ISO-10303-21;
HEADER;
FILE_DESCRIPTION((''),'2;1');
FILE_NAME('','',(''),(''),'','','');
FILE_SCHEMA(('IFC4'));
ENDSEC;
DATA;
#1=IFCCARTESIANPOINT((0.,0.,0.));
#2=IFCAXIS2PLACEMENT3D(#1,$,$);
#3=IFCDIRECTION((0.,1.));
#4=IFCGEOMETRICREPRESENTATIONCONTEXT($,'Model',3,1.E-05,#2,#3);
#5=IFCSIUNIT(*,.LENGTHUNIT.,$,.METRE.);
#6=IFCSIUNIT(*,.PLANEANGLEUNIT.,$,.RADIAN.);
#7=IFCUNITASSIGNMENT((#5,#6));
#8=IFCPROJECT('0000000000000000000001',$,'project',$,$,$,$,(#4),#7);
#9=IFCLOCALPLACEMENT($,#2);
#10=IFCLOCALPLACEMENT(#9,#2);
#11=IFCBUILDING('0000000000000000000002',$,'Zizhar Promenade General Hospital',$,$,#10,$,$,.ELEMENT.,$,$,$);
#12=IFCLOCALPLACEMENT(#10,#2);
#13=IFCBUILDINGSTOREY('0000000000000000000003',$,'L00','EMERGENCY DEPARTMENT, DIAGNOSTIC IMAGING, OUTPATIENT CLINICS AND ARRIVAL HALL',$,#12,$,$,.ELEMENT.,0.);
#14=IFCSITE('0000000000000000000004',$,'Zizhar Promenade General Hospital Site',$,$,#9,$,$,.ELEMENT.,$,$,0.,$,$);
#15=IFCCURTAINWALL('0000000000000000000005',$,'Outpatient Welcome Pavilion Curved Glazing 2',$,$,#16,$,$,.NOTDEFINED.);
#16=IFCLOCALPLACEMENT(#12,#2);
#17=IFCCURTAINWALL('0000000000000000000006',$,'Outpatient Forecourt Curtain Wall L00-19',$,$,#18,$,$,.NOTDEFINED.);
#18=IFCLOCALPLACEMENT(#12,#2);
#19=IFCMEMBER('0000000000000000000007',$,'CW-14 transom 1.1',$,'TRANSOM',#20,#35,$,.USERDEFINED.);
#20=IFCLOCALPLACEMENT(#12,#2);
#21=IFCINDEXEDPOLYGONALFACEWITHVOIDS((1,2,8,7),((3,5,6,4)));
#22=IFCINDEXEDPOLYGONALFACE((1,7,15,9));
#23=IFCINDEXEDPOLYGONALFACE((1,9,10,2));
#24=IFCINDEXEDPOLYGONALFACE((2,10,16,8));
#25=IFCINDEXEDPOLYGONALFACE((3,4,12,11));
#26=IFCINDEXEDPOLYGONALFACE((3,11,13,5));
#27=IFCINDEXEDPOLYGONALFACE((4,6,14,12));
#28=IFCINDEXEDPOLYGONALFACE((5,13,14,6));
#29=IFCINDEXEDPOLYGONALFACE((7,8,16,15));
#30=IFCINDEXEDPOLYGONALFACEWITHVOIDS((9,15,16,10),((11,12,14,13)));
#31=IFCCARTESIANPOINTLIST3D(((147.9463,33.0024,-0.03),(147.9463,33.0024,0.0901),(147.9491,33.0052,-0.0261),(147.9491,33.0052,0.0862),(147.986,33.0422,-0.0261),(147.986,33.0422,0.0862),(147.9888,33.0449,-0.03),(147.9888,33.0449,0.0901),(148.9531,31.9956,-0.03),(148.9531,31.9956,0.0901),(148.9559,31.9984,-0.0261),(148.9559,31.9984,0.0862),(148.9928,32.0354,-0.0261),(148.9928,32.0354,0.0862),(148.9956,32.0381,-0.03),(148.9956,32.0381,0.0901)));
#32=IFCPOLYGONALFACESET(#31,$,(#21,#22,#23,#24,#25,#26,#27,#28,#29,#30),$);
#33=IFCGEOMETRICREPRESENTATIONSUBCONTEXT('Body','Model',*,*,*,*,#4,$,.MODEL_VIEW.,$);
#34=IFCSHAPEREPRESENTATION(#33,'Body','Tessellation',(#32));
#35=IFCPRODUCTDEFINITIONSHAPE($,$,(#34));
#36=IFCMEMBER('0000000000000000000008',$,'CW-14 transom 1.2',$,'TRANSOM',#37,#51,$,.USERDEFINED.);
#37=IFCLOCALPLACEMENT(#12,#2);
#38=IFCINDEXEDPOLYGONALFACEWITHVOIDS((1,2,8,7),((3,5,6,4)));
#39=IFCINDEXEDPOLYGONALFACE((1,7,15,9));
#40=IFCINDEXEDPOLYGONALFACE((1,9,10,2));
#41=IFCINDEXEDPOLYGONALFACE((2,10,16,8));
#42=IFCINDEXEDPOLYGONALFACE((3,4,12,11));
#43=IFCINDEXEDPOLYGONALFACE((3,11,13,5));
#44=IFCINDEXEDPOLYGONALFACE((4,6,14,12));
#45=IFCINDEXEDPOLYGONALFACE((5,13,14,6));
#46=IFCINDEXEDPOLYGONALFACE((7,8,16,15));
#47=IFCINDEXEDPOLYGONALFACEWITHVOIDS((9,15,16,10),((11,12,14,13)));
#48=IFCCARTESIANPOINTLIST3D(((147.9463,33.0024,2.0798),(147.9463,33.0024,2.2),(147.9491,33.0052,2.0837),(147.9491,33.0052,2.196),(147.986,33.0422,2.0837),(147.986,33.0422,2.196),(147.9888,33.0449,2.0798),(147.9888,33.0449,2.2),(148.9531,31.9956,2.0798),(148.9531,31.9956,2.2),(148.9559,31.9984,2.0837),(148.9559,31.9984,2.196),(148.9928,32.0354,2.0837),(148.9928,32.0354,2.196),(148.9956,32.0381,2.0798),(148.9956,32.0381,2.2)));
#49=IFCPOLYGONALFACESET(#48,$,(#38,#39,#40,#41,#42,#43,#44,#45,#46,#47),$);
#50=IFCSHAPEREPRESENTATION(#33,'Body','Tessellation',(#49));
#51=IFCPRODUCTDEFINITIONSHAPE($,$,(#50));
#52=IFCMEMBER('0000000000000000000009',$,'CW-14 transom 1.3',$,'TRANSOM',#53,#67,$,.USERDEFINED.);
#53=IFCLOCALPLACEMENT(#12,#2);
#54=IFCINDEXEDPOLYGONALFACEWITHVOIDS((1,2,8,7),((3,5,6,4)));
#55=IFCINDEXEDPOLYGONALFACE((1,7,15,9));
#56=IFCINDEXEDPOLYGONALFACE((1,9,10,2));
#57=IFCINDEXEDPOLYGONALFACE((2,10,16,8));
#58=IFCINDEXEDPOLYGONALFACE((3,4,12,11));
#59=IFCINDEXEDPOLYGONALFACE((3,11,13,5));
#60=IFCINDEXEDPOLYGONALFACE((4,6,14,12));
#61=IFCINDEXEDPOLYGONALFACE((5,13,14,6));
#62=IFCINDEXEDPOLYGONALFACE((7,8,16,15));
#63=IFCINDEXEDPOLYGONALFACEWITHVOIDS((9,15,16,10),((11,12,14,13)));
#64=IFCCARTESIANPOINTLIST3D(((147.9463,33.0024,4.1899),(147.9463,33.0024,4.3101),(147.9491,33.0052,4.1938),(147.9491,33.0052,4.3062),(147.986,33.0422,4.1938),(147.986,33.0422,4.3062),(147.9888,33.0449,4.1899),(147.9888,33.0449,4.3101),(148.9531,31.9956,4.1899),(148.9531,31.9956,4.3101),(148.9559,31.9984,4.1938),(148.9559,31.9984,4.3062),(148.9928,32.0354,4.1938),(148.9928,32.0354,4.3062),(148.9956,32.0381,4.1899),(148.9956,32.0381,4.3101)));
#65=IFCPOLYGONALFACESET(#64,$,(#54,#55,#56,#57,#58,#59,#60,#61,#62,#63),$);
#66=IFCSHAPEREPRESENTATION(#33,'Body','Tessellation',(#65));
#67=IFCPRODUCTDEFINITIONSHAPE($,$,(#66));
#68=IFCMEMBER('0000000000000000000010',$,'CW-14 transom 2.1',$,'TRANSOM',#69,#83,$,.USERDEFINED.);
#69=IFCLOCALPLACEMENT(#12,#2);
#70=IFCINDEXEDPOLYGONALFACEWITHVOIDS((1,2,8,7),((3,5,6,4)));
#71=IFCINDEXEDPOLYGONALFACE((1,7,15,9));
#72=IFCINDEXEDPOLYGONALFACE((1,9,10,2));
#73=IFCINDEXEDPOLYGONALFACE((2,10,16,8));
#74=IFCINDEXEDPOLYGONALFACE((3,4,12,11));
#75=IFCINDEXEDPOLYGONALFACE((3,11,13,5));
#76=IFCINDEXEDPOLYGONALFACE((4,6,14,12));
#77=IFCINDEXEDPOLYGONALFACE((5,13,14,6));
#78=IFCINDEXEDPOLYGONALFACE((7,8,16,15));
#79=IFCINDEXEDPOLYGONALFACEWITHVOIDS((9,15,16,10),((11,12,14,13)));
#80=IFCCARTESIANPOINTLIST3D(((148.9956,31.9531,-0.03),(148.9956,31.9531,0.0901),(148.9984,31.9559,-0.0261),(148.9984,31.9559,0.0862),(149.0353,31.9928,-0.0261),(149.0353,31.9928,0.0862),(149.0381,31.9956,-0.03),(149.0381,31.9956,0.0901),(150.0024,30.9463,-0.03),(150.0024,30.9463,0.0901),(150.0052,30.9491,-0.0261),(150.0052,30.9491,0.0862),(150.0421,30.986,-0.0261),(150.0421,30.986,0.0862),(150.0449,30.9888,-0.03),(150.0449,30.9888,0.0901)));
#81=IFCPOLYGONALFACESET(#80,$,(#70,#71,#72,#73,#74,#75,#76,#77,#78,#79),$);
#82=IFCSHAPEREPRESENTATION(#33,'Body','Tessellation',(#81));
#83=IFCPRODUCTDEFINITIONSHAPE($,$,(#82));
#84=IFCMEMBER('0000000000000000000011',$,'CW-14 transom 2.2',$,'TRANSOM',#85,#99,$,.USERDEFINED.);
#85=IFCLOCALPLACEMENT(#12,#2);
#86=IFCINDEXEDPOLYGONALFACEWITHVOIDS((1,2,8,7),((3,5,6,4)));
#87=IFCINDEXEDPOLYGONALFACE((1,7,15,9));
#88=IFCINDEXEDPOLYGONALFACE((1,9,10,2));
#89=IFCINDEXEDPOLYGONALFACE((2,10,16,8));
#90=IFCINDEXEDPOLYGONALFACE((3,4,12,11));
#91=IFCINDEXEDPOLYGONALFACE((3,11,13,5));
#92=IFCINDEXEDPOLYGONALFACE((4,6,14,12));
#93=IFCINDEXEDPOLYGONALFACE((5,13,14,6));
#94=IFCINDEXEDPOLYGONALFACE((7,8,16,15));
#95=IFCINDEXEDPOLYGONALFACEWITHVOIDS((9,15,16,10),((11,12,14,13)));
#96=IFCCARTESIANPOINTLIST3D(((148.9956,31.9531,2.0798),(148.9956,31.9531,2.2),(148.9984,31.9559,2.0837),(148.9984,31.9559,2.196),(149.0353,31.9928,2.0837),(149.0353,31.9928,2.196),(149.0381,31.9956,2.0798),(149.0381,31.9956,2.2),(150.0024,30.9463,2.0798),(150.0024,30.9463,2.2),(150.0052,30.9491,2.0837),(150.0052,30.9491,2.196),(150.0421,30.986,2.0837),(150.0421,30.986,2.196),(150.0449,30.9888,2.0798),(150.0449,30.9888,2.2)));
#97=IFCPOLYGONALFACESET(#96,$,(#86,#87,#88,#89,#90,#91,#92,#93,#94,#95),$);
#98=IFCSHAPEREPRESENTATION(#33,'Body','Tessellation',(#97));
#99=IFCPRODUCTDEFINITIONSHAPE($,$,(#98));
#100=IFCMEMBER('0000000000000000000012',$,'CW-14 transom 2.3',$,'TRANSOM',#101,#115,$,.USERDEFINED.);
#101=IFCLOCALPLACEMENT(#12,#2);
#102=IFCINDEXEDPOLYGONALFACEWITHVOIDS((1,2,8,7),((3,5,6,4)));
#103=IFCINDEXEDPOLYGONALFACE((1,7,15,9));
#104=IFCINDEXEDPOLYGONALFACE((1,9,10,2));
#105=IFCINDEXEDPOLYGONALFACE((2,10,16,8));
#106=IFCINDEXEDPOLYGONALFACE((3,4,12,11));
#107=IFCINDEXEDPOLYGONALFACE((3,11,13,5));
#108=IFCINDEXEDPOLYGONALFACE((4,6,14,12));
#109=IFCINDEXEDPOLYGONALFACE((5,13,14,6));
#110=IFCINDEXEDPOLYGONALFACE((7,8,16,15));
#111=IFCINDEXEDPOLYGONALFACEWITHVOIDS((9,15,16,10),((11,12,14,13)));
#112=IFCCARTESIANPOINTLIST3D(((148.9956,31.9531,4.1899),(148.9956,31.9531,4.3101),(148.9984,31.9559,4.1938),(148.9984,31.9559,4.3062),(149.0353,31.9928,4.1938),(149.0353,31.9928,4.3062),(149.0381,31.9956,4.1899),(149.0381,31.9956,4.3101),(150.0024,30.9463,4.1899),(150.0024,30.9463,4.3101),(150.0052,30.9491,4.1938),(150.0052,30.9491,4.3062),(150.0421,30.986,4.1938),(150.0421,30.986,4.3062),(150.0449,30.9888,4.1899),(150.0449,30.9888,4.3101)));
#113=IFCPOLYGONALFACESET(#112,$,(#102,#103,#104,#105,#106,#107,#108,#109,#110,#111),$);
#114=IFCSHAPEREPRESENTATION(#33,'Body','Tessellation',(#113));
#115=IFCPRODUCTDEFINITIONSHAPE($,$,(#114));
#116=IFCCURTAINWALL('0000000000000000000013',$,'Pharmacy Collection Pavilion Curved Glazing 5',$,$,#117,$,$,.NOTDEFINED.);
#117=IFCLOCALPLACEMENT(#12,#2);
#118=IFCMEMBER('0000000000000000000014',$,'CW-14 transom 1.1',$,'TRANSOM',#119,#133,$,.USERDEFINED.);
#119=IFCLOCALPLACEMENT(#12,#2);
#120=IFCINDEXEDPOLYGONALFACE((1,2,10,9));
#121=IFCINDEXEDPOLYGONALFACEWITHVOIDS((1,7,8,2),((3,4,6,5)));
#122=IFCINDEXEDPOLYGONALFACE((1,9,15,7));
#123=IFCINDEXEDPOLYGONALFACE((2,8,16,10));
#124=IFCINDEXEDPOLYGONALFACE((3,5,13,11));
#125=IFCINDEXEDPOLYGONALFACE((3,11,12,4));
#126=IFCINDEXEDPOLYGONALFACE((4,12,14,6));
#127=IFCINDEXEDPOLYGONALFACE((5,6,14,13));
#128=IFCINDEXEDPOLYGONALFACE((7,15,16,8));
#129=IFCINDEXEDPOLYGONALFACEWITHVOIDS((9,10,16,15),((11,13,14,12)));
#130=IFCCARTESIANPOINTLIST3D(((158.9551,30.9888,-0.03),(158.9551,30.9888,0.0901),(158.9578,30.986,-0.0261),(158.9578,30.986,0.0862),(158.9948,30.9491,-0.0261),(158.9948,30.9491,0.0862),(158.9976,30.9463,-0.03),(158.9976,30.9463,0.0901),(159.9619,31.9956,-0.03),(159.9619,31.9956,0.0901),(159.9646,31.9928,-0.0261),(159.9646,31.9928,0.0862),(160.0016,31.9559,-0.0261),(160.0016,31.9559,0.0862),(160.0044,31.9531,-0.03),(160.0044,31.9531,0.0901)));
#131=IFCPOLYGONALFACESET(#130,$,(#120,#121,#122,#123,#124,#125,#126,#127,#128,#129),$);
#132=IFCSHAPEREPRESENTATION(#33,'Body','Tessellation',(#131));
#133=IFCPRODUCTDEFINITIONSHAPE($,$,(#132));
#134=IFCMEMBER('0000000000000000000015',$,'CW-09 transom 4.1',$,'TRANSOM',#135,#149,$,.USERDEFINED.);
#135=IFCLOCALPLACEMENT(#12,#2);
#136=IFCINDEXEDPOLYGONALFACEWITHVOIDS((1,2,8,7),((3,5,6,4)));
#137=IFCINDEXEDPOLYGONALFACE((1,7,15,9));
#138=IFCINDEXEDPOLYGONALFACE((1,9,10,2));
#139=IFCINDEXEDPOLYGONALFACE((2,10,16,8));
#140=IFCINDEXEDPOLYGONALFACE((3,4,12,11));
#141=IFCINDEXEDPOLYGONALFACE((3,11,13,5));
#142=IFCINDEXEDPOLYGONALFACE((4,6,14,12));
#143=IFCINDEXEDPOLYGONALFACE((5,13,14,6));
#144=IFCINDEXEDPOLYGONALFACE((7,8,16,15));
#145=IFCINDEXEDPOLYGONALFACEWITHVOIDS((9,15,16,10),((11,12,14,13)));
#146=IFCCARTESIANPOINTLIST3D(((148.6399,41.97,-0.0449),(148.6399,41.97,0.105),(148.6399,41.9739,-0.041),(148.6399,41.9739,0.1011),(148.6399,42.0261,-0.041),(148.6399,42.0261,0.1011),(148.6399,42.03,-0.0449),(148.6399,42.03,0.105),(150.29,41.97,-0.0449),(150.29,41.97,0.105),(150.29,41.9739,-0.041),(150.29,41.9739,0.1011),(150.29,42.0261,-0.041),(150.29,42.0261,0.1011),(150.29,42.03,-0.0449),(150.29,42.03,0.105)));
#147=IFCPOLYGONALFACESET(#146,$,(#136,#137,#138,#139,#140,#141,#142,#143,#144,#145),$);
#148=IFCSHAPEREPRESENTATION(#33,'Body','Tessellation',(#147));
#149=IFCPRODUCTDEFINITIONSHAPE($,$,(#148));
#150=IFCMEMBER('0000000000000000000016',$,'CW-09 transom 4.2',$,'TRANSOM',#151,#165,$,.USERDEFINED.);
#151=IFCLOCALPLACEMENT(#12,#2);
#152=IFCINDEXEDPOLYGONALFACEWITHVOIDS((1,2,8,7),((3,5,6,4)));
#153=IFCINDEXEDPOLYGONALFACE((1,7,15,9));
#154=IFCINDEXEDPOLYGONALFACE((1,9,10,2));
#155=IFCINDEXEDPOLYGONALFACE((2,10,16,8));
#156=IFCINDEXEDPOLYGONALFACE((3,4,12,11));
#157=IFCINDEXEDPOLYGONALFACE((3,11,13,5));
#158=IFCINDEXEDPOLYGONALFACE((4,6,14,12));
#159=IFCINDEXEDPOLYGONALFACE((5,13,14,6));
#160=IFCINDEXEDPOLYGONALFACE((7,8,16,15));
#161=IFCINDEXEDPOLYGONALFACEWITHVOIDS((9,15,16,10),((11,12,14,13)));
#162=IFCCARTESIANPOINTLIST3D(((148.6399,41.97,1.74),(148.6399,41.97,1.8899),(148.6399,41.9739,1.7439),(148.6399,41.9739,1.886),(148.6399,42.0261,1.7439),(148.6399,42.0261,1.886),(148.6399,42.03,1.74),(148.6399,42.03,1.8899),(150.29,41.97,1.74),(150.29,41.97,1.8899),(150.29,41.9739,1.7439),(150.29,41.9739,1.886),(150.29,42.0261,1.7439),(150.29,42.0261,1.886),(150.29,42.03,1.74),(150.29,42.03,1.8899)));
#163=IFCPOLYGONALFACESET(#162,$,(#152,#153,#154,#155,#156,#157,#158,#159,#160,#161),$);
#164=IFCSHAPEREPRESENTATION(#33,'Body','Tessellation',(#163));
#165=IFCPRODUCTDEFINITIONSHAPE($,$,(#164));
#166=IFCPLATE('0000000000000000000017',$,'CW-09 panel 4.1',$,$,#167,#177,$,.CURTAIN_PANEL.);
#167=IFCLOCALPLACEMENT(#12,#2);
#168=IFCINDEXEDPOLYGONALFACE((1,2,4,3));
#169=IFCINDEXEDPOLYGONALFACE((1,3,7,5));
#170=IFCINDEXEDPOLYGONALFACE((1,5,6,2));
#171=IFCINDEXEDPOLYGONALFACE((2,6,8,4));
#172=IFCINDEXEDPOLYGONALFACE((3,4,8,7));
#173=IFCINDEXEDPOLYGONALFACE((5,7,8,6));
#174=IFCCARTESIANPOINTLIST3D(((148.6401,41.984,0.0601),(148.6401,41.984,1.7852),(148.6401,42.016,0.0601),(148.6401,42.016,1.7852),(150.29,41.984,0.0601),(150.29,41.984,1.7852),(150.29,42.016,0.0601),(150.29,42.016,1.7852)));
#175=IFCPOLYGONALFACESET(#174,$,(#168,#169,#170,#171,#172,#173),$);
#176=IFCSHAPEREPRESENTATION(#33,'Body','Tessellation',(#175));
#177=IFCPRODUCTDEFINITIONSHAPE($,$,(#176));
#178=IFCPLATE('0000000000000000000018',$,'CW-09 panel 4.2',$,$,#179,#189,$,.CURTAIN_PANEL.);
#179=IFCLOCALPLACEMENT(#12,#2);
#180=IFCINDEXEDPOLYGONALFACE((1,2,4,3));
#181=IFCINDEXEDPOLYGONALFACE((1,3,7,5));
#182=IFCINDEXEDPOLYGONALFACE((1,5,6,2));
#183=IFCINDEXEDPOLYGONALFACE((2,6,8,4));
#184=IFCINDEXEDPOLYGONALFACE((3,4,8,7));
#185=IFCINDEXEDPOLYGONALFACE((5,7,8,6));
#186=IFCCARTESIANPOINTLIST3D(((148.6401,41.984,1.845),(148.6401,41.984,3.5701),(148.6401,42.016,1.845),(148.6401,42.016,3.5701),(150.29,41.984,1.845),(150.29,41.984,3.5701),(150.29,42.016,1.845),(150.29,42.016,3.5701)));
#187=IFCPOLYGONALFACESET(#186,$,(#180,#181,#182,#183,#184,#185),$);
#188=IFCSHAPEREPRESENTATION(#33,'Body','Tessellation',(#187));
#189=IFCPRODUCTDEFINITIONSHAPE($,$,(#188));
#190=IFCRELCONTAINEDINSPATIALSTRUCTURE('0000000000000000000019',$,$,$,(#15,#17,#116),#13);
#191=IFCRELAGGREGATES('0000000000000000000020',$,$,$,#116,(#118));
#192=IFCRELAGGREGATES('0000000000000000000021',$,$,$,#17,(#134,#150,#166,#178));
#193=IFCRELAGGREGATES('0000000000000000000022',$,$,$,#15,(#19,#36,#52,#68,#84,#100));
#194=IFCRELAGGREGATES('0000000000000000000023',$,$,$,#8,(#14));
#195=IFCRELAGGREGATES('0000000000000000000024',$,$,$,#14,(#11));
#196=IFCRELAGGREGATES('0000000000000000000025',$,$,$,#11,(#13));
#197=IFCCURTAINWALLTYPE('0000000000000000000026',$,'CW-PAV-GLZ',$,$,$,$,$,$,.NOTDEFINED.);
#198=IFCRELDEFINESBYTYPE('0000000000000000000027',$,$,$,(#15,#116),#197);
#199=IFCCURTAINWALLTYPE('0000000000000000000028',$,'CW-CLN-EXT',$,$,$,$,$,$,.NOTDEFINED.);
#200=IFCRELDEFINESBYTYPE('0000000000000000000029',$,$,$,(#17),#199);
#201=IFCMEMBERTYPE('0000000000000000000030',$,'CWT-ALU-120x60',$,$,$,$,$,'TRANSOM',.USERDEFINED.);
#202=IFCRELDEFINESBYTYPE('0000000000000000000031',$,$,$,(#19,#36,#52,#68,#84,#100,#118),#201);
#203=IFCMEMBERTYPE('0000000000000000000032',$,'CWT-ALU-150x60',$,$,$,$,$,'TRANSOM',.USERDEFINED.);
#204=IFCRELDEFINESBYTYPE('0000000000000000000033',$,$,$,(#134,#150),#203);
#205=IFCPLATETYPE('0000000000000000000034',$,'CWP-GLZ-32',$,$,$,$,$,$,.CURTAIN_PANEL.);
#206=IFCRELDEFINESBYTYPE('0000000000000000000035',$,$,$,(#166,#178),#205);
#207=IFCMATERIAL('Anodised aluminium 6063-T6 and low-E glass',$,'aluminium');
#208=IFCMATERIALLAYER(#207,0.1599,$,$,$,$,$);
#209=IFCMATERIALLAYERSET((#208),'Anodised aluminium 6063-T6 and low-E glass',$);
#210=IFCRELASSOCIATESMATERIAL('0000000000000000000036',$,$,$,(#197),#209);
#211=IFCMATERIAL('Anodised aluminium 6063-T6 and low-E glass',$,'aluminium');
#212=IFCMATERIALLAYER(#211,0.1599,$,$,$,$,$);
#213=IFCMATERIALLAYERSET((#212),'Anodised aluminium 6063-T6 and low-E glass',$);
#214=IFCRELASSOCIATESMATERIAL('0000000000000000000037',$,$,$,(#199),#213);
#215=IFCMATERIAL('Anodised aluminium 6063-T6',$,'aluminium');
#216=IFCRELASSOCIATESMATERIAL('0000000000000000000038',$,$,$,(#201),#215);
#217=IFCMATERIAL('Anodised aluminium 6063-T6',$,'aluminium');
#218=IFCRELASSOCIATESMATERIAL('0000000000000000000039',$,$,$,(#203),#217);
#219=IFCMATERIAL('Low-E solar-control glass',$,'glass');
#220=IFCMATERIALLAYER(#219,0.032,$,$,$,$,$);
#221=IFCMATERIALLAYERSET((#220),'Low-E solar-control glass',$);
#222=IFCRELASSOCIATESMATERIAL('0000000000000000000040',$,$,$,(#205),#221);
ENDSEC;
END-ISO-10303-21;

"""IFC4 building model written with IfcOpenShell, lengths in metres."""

from ifc_helpers import new_model, si_unit, direction, frame, origin, origin_2d, place, context, subcontext, project, spatial, rectangle, hollow_rectangle, extrude, material, layer, layer_set, material_profile, profile_set, type_object, element, aggregate, save


model = new_model("IFC4")

# Units and contexts
model_context = context("Model", 3, precision=1e-05, world=origin(), true_north=direction((0.0, 1.0)))
body_context = subcontext(model_context, "Body", "Model", "MODEL_VIEW")
ifc_project = project(units=[si_unit("LENGTHUNIT", "METRE"), si_unit("PLANEANGLEUNIT", "RADIAN")], contexts=[model_context])

# Site, building, storey
site_placement = place(None, origin())
site = spatial("IfcSite", under=ifc_project, at=site_placement, Name="Zizhar Promenade General Hospital Site", CompositionType="ELEMENT", RefElevation=0.0)
building_placement = place(site_placement, origin())
building = spatial("IfcBuilding", under=site, at=building_placement, Name="Zizhar Promenade General Hospital", CompositionType="ELEMENT")
storey_placement = place(building_placement, origin())
storey = spatial("IfcBuildingStorey", under=building, at=storey_placement, Name="L00", Description="EMERGENCY DEPARTMENT, DIAGNOSTIC IMAGING, OUTPATIENT CLINICS AND ARRIVAL HALL", CompositionType="ELEMENT", Elevation=0.0)

# Curtain wall
ifc_material_1 = material(Name="Anodised aluminium 6063-T6 and low-E glass", Category="aluminium")
ifc_layer_1 = layer(ifc_material_1, 0.1599)
ifc_layer_set_1 = layer_set([ifc_layer_1], Name="Anodised aluminium 6063-T6 and low-E glass")
curtain_wall_type_1 = type_object("IfcCurtainWallType", Name="CW-PAV-GLZ", PredefinedType="NOTDEFINED", material=ifc_layer_set_1)
curtain_wall_1_placement = place(storey_placement, origin())
curtain_wall_1 = element("IfcCurtainWall", 1, at=curtain_wall_1_placement, inside=storey, type_object=curtain_wall_type_1, Name="Outpatient Welcome Pavilion Curved Glazing 2", PredefinedType="NOTDEFINED")

# Curtain wall
ifc_material_2 = material(Name="Anodised aluminium 6063-T6 and low-E glass", Category="aluminium")
ifc_layer_2 = layer(ifc_material_2, 0.1599)
ifc_layer_set_2 = layer_set([ifc_layer_2], Name="Anodised aluminium 6063-T6 and low-E glass")
curtain_wall_type_2 = type_object("IfcCurtainWallType", Name="CW-CLN-EXT", PredefinedType="NOTDEFINED", material=ifc_layer_set_2)
curtain_wall_2_placement = place(storey_placement, origin())
curtain_wall_2 = element("IfcCurtainWall", 2, at=curtain_wall_2_placement, inside=storey, type_object=curtain_wall_type_2, Name="Outpatient Forecourt Curtain Wall L00-19", PredefinedType="NOTDEFINED")

# Members
ifc_material_3 = material(Name="Anodised aluminium 6063-T6", Category="aluminium")
ifc_material_profile_1 = material_profile(ifc_material_3, hollow_rectangle(XDim=0.0601, YDim=0.1201, WallThickness=0.0039, at=origin_2d()))
ifc_profile_set_1 = profile_set([ifc_material_profile_1], Name="Anodised aluminium 6063-T6")
member_type_1 = type_object("IfcMemberType", Name="CWT-ALU-120x60", ElementType="TRANSOM", PredefinedType="USERDEFINED", material=ifc_profile_set_1)
member_1_placement = place(storey_placement, frame((147.9675, 33.0237, 0.03), z_axis=(0.707107, -0.707107, 0.0), x_axis=(0.707107, 0.707107, 0.0)))
member_1 = element("IfcMember", 3, at=member_1_placement, type_object=member_type_1, Name="CW-14 transom 1.1", ObjectType="TRANSOM", PredefinedType="USERDEFINED", context=body_context, shape_type="SweptSolid", body=[
    extrude(hollow_rectangle(XDim=0.0601, YDim=0.1201, WallThickness=0.0039, at=origin_2d()), origin(), (0.0, 0.0, 1.0), 1.4238),
])
member_2_placement = place(storey_placement, frame((147.9675, 33.0237, 2.1399), z_axis=(0.707107, -0.707107, 0.0), x_axis=(0.707107, 0.707107, 0.0)))
member_2 = element("IfcMember", 4, at=member_2_placement, type_object=member_type_1, Name="CW-14 transom 1.2", ObjectType="TRANSOM", PredefinedType="USERDEFINED", context=body_context, shape_type="SweptSolid", body=[
    extrude(hollow_rectangle(XDim=0.0601, YDim=0.1201, WallThickness=0.0039, at=origin_2d()), origin(), (0.0, 0.0, 1.0), 1.4238),
])
member_3_placement = place(storey_placement, frame((147.9675, 33.0237, 4.25), z_axis=(0.707107, -0.707107, 0.0), x_axis=(0.707107, 0.707107, 0.0)))
member_3 = element("IfcMember", 5, at=member_3_placement, type_object=member_type_1, Name="CW-14 transom 1.3", ObjectType="TRANSOM", PredefinedType="USERDEFINED", context=body_context, shape_type="SweptSolid", body=[
    extrude(hollow_rectangle(XDim=0.0601, YDim=0.1201, WallThickness=0.0039, at=origin_2d()), origin(), (0.0, 0.0, 1.0), 1.4238),
])
member_4_placement = place(storey_placement, frame((149.0168, 31.9744, 0.03), z_axis=(0.707107, -0.707107, 0.0), x_axis=(0.707107, 0.707107, 0.0)))
member_4 = element("IfcMember", 6, at=member_4_placement, type_object=member_type_1, Name="CW-14 transom 2.1", ObjectType="TRANSOM", PredefinedType="USERDEFINED", context=body_context, shape_type="SweptSolid", body=[
    extrude(hollow_rectangle(XDim=0.0601, YDim=0.1201, WallThickness=0.0039, at=origin_2d()), origin(), (0.0, 0.0, 1.0), 1.4238),
])
member_5_placement = place(storey_placement, frame((149.0168, 31.9744, 2.1399), z_axis=(0.707107, -0.707107, 0.0), x_axis=(0.707107, 0.707107, 0.0)))
member_5 = element("IfcMember", 7, at=member_5_placement, type_object=member_type_1, Name="CW-14 transom 2.2", ObjectType="TRANSOM", PredefinedType="USERDEFINED", context=body_context, shape_type="SweptSolid", body=[
    extrude(hollow_rectangle(XDim=0.0601, YDim=0.1201, WallThickness=0.0039, at=origin_2d()), origin(), (0.0, 0.0, 1.0), 1.4238),
])
member_6_placement = place(storey_placement, frame((149.0168, 31.9744, 4.25), z_axis=(0.707107, -0.707107, 0.0), x_axis=(0.707107, 0.707107, 0.0)))
member_6 = element("IfcMember", 8, at=member_6_placement, type_object=member_type_1, Name="CW-14 transom 2.3", ObjectType="TRANSOM", PredefinedType="USERDEFINED", context=body_context, shape_type="SweptSolid", body=[
    extrude(hollow_rectangle(XDim=0.0601, YDim=0.1201, WallThickness=0.0039, at=origin_2d()), origin(), (0.0, 0.0, 1.0), 1.4238),
])

# Curtain wall, member
curtain_wall_3_placement = place(storey_placement, origin())
curtain_wall_3 = element("IfcCurtainWall", 9, at=curtain_wall_3_placement, inside=storey, type_object=curtain_wall_type_1, Name="Pharmacy Collection Pavilion Curved Glazing 5", PredefinedType="NOTDEFINED")
member_7_placement = place(storey_placement, frame((158.9763, 30.9675, 0.03), z_axis=(0.707107, 0.707107, 0.0), x_axis=(-0.707107, 0.707107, 0.0)))
member_7 = element("IfcMember", 10, at=member_7_placement, type_object=member_type_1, Name="CW-14 transom 1.1", ObjectType="TRANSOM", PredefinedType="USERDEFINED", context=body_context, shape_type="SweptSolid", body=[
    extrude(hollow_rectangle(XDim=0.0601, YDim=0.1201, WallThickness=0.0039, at=origin_2d()), origin(), (0.0, 0.0, 1.0), 1.4238),
])
aggregate(curtain_wall_3, [member_7])

# Members
ifc_material_4 = material(Name="Anodised aluminium 6063-T6", Category="aluminium")
ifc_material_profile_2 = material_profile(ifc_material_4, hollow_rectangle(XDim=0.0601, YDim=0.1499, WallThickness=0.0039, at=origin_2d()))
ifc_profile_set_2 = profile_set([ifc_material_profile_2], Name="Anodised aluminium 6063-T6")
member_type_2 = type_object("IfcMemberType", Name="CWT-ALU-150x60", ElementType="TRANSOM", PredefinedType="USERDEFINED", material=ifc_profile_set_2)
member_8_placement = place(storey_placement, frame((150.29, 42.0, 0.03), z_axis=(-1.0, 0.0, 0.0), x_axis=(0.0, -1.0, 0.0)))
member_8 = element("IfcMember", 11, at=member_8_placement, type_object=member_type_2, Name="CW-09 transom 4.1", ObjectType="TRANSOM", PredefinedType="USERDEFINED", context=body_context, shape_type="SweptSolid", body=[
    extrude(hollow_rectangle(XDim=0.0601, YDim=0.1499, WallThickness=0.0039, at=origin_2d()), origin(), (0.0, 0.0, 1.0), 1.6501),
])
member_9_placement = place(storey_placement, frame((150.29, 42.0, 1.8149), z_axis=(-1.0, 0.0, 0.0), x_axis=(0.0, -1.0, 0.0)))
member_9 = element("IfcMember", 12, at=member_9_placement, type_object=member_type_2, Name="CW-09 transom 4.2", ObjectType="TRANSOM", PredefinedType="USERDEFINED", context=body_context, shape_type="SweptSolid", body=[
    extrude(hollow_rectangle(XDim=0.0601, YDim=0.1499, WallThickness=0.0039, at=origin_2d()), origin(), (0.0, 0.0, 1.0), 1.6501),
])

# Plates
ifc_material_5 = material(Name="Low-E solar-control glass", Category="glass")
ifc_layer_3 = layer(ifc_material_5, 0.032)
ifc_layer_set_3 = layer_set([ifc_layer_3], Name="Low-E solar-control glass")
plate_type = type_object("IfcPlateType", Name="CWP-GLZ-32", PredefinedType="CURTAIN_PANEL", material=ifc_layer_set_3)
plate_1_placement = place(storey_placement, frame((149.4651, 42.0, 0.0601), z_axis=(0.0, 0.0, 1.0), x_axis=(-1.0, 0.0, 0.0)))
plate_1 = element("IfcPlate", 13, at=plate_1_placement, type_object=plate_type, Name="CW-09 panel 4.1", PredefinedType="CURTAIN_PANEL", context=body_context, shape_type="SweptSolid", body=[
    extrude(rectangle(XDim=1.6499, YDim=0.032, at=origin_2d()), origin(), (0.0, 0.0, 1.0), 1.7251),
])
plate_2_placement = place(storey_placement, frame((149.4651, 42.0, 1.845), z_axis=(0.0, 0.0, 1.0), x_axis=(-1.0, 0.0, 0.0)))
plate_2 = element("IfcPlate", 14, at=plate_2_placement, type_object=plate_type, Name="CW-09 panel 4.2", PredefinedType="CURTAIN_PANEL", context=body_context, shape_type="SweptSolid", body=[
    extrude(rectangle(XDim=1.6499, YDim=0.032, at=origin_2d()), origin(), (0.0, 0.0, 1.0), 1.7251),
])
aggregate(curtain_wall_2, [member_8, member_9, plate_1, plate_2])
aggregate(curtain_wall_1, [member_1, member_2, member_3, member_4, member_5, member_6])

save(model, "model.ifc")
